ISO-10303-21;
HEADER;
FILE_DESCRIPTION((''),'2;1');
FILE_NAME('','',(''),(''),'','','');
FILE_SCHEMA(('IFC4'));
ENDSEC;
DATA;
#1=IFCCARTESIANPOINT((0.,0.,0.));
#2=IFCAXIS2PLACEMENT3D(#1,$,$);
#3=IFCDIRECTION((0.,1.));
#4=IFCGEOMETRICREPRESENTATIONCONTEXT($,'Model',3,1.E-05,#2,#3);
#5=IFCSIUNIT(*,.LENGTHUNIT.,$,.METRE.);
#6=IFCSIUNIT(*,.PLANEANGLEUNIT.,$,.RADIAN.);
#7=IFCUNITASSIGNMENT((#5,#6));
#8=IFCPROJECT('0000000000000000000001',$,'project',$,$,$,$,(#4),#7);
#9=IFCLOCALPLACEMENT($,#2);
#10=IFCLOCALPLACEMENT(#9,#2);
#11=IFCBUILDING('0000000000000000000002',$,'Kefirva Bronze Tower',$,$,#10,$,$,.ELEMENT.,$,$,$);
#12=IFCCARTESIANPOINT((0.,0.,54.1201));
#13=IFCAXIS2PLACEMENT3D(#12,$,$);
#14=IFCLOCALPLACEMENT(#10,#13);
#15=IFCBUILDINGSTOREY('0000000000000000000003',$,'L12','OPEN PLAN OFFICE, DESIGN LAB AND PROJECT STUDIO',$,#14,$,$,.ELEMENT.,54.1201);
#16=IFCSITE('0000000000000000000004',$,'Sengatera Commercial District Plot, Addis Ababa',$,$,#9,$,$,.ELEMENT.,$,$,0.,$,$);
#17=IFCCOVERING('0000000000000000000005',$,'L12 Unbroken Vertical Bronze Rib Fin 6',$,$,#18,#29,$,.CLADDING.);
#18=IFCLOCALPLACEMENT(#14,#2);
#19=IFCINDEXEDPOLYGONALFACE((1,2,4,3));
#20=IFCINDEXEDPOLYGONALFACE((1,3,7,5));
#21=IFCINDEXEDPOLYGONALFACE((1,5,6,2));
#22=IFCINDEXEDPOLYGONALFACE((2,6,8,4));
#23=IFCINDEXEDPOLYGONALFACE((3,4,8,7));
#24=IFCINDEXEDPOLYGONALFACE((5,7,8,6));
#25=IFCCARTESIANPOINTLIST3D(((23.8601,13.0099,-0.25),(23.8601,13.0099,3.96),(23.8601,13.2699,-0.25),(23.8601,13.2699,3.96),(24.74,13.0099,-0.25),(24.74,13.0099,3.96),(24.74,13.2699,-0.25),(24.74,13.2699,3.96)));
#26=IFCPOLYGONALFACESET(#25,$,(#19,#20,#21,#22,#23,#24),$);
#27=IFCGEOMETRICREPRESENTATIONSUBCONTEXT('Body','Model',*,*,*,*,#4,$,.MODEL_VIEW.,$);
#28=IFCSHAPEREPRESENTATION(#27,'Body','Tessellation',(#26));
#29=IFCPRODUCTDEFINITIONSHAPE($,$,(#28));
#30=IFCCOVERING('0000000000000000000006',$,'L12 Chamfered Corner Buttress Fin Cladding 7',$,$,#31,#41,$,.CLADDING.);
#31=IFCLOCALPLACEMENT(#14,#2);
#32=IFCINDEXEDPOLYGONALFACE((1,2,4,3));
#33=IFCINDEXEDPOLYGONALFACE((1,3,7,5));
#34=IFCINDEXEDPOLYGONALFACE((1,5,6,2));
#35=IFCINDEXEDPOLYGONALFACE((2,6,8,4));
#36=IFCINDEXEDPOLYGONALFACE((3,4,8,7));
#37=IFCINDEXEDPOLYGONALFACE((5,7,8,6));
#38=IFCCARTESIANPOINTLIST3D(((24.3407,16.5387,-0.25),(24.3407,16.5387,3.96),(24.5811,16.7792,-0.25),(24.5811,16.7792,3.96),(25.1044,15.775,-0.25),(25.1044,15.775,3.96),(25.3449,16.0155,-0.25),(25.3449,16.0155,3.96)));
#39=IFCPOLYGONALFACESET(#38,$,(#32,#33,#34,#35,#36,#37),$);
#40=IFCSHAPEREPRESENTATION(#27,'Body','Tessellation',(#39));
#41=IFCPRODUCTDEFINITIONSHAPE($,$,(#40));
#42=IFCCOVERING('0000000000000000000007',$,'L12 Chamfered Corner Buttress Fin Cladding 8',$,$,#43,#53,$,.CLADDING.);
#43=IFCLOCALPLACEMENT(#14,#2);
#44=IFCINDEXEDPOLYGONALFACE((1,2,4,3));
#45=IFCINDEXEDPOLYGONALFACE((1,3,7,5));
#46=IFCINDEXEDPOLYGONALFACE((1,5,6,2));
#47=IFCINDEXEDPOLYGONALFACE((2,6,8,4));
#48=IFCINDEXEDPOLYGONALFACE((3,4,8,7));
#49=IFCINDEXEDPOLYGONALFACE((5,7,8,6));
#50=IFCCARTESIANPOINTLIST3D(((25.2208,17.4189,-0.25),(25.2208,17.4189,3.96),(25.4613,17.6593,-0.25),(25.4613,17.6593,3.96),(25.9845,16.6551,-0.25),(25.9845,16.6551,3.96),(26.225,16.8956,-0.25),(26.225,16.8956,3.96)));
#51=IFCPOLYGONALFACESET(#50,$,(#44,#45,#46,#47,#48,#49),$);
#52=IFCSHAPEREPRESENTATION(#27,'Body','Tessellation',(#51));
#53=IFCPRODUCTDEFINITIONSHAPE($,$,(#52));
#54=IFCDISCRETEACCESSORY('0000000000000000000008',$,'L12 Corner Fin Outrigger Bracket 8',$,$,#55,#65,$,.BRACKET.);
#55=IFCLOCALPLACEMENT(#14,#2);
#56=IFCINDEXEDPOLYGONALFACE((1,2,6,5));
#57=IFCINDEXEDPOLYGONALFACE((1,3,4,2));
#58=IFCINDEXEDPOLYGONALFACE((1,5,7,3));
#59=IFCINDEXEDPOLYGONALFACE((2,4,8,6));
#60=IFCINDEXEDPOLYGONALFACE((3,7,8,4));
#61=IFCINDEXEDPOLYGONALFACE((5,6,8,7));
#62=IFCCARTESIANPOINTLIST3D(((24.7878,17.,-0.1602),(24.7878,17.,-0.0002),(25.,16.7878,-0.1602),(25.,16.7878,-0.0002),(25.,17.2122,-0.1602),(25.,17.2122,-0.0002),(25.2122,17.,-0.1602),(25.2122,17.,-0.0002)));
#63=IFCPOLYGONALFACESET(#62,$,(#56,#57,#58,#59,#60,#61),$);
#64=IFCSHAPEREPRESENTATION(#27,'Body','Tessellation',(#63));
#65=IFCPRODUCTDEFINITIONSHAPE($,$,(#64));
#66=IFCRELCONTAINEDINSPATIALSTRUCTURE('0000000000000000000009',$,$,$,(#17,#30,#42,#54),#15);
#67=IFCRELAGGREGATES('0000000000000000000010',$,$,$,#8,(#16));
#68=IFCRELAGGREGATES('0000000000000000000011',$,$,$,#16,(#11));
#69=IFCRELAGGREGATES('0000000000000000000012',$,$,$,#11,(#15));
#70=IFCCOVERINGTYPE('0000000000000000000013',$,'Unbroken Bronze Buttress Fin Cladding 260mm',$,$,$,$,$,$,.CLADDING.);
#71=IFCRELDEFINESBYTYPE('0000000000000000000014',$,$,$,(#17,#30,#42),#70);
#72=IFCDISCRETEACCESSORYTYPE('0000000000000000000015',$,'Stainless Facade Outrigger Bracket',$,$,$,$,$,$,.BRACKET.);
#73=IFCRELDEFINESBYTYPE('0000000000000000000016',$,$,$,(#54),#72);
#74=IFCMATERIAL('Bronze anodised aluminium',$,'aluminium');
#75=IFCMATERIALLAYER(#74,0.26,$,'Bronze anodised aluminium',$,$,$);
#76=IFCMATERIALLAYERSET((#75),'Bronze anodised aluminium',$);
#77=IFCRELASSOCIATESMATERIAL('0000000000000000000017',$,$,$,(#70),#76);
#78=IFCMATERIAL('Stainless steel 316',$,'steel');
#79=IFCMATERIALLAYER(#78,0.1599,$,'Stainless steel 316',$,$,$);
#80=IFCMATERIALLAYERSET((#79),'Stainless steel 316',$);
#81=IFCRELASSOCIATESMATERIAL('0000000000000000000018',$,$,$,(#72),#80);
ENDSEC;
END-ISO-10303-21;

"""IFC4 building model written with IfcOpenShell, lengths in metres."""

from ifc_helpers import new_model, si_unit, direction, frame, origin, origin_2d, place, context, subcontext, project, spatial, rectangle, extrude, material, layer, layer_set, type_object, element, save


model = new_model("IFC4")

# Units and contexts
model_context = context("Model", 3, precision=1e-05, world=origin(), true_north=direction((0.0, 1.0)))
body_context = subcontext(model_context, "Body", "Model", "MODEL_VIEW")
ifc_project = project(units=[si_unit("LENGTHUNIT", "METRE"), si_unit("PLANEANGLEUNIT", "RADIAN")], contexts=[model_context])

# Site, building, storey
site_placement = place(None, origin())
site = spatial("IfcSite", under=ifc_project, at=site_placement, Name="Sengatera Commercial District Plot, Addis Ababa", CompositionType="ELEMENT", RefElevation=0.0)
building_placement = place(site_placement, origin())
building = spatial("IfcBuilding", under=site, at=building_placement, Name="Kefirva Bronze Tower", CompositionType="ELEMENT")
storey_placement = place(building_placement, frame((0.0, 0.0, 54.1201)))
storey = spatial("IfcBuildingStorey", under=building, at=storey_placement, Name="L12", Description="OPEN PLAN OFFICE, DESIGN LAB AND PROJECT STUDIO", CompositionType="ELEMENT", Elevation=54.1201)

# Shared definitions
ifc_material_1 = material(Name="Bronze anodised aluminium", Category="aluminium")

# Coverings
ifc_layer_1 = layer(ifc_material_1, 0.26, Name="Bronze anodised aluminium")
ifc_layer_set_1 = layer_set([ifc_layer_1], Name="Bronze anodised aluminium")
covering_type_1 = type_object("IfcCoveringType", Name="Unbroken Bronze Buttress Fin Cladding 260mm", PredefinedType="CLADDING", material=ifc_layer_set_1)
covering_1_placement = place(storey_placement, frame((24.3, 13.1399, -0.25), z_axis=(0.0, 0.0, 1.0), x_axis=(0.0, 1.0, 0.0)))
element("IfcCovering", 1, at=covering_1_placement, inside=storey, type_object=covering_type_1, Name="L12 Unbroken Vertical Bronze Rib Fin 6", PredefinedType="CLADDING", context=body_context, shape_type="SweptSolid", body=[
    extrude(rectangle(XDim=0.26, YDim=0.8799, at=origin_2d()), origin(), (0.0, 0.0, 1.0), 4.21),
])
for number, where, z_axis, x_axis, name in (
    (2, (24.8428, 16.2771, -0.25), (0.0, 0.0, 1.0), (0.707107, 0.707107, 0.0), "L12 Chamfered Corner Buttress Fin Cladding 7"),
    (3, (25.7229, 17.1572, -0.25), (0.0, 0.0, 1.0), (0.707107, 0.707107, 0.0), "L12 Chamfered Corner Buttress Fin Cladding 8"),
):
    element("IfcCovering", number, at=place(storey_placement, frame(where, z_axis=z_axis, x_axis=x_axis)), inside=storey, type_object=covering_type_1, Name=name, PredefinedType="CLADDING", context=body_context, shape_type="SweptSolid", body=[
        extrude(rectangle(XDim=0.3401, YDim=1.0801, at=origin_2d()), origin(), (0.0, 0.0, 1.0), 4.21),
    ])

# Discrete accessory
ifc_material_2 = material(Name="Stainless steel 316", Category="steel")
ifc_layer_2 = layer(ifc_material_2, 0.1599, Name="Stainless steel 316")
ifc_layer_set_2 = layer_set([ifc_layer_2], Name="Stainless steel 316")
discrete_accessory_type = type_object("IfcDiscreteAccessoryType", Name="Stainless Facade Outrigger Bracket", PredefinedType="BRACKET", material=ifc_layer_set_2)
discrete_accessory_placement = place(storey_placement, frame((25.0, 17.0, -0.1602), z_axis=(0.0, 0.0, 1.0), x_axis=(0.707107, 0.707107, 0.0)))
element("IfcDiscreteAccessory", 4, at=discrete_accessory_placement, inside=storey, type_object=discrete_accessory_type, Name="L12 Corner Fin Outrigger Bracket 8", PredefinedType="BRACKET", context=body_context, shape_type="SweptSolid", body=[
    extrude(rectangle(XDim=0.3, YDim=0.3, at=origin_2d()), origin(), (0.0, 0.0, 1.0), 0.1599),
])

save(model, "model.ifc")
